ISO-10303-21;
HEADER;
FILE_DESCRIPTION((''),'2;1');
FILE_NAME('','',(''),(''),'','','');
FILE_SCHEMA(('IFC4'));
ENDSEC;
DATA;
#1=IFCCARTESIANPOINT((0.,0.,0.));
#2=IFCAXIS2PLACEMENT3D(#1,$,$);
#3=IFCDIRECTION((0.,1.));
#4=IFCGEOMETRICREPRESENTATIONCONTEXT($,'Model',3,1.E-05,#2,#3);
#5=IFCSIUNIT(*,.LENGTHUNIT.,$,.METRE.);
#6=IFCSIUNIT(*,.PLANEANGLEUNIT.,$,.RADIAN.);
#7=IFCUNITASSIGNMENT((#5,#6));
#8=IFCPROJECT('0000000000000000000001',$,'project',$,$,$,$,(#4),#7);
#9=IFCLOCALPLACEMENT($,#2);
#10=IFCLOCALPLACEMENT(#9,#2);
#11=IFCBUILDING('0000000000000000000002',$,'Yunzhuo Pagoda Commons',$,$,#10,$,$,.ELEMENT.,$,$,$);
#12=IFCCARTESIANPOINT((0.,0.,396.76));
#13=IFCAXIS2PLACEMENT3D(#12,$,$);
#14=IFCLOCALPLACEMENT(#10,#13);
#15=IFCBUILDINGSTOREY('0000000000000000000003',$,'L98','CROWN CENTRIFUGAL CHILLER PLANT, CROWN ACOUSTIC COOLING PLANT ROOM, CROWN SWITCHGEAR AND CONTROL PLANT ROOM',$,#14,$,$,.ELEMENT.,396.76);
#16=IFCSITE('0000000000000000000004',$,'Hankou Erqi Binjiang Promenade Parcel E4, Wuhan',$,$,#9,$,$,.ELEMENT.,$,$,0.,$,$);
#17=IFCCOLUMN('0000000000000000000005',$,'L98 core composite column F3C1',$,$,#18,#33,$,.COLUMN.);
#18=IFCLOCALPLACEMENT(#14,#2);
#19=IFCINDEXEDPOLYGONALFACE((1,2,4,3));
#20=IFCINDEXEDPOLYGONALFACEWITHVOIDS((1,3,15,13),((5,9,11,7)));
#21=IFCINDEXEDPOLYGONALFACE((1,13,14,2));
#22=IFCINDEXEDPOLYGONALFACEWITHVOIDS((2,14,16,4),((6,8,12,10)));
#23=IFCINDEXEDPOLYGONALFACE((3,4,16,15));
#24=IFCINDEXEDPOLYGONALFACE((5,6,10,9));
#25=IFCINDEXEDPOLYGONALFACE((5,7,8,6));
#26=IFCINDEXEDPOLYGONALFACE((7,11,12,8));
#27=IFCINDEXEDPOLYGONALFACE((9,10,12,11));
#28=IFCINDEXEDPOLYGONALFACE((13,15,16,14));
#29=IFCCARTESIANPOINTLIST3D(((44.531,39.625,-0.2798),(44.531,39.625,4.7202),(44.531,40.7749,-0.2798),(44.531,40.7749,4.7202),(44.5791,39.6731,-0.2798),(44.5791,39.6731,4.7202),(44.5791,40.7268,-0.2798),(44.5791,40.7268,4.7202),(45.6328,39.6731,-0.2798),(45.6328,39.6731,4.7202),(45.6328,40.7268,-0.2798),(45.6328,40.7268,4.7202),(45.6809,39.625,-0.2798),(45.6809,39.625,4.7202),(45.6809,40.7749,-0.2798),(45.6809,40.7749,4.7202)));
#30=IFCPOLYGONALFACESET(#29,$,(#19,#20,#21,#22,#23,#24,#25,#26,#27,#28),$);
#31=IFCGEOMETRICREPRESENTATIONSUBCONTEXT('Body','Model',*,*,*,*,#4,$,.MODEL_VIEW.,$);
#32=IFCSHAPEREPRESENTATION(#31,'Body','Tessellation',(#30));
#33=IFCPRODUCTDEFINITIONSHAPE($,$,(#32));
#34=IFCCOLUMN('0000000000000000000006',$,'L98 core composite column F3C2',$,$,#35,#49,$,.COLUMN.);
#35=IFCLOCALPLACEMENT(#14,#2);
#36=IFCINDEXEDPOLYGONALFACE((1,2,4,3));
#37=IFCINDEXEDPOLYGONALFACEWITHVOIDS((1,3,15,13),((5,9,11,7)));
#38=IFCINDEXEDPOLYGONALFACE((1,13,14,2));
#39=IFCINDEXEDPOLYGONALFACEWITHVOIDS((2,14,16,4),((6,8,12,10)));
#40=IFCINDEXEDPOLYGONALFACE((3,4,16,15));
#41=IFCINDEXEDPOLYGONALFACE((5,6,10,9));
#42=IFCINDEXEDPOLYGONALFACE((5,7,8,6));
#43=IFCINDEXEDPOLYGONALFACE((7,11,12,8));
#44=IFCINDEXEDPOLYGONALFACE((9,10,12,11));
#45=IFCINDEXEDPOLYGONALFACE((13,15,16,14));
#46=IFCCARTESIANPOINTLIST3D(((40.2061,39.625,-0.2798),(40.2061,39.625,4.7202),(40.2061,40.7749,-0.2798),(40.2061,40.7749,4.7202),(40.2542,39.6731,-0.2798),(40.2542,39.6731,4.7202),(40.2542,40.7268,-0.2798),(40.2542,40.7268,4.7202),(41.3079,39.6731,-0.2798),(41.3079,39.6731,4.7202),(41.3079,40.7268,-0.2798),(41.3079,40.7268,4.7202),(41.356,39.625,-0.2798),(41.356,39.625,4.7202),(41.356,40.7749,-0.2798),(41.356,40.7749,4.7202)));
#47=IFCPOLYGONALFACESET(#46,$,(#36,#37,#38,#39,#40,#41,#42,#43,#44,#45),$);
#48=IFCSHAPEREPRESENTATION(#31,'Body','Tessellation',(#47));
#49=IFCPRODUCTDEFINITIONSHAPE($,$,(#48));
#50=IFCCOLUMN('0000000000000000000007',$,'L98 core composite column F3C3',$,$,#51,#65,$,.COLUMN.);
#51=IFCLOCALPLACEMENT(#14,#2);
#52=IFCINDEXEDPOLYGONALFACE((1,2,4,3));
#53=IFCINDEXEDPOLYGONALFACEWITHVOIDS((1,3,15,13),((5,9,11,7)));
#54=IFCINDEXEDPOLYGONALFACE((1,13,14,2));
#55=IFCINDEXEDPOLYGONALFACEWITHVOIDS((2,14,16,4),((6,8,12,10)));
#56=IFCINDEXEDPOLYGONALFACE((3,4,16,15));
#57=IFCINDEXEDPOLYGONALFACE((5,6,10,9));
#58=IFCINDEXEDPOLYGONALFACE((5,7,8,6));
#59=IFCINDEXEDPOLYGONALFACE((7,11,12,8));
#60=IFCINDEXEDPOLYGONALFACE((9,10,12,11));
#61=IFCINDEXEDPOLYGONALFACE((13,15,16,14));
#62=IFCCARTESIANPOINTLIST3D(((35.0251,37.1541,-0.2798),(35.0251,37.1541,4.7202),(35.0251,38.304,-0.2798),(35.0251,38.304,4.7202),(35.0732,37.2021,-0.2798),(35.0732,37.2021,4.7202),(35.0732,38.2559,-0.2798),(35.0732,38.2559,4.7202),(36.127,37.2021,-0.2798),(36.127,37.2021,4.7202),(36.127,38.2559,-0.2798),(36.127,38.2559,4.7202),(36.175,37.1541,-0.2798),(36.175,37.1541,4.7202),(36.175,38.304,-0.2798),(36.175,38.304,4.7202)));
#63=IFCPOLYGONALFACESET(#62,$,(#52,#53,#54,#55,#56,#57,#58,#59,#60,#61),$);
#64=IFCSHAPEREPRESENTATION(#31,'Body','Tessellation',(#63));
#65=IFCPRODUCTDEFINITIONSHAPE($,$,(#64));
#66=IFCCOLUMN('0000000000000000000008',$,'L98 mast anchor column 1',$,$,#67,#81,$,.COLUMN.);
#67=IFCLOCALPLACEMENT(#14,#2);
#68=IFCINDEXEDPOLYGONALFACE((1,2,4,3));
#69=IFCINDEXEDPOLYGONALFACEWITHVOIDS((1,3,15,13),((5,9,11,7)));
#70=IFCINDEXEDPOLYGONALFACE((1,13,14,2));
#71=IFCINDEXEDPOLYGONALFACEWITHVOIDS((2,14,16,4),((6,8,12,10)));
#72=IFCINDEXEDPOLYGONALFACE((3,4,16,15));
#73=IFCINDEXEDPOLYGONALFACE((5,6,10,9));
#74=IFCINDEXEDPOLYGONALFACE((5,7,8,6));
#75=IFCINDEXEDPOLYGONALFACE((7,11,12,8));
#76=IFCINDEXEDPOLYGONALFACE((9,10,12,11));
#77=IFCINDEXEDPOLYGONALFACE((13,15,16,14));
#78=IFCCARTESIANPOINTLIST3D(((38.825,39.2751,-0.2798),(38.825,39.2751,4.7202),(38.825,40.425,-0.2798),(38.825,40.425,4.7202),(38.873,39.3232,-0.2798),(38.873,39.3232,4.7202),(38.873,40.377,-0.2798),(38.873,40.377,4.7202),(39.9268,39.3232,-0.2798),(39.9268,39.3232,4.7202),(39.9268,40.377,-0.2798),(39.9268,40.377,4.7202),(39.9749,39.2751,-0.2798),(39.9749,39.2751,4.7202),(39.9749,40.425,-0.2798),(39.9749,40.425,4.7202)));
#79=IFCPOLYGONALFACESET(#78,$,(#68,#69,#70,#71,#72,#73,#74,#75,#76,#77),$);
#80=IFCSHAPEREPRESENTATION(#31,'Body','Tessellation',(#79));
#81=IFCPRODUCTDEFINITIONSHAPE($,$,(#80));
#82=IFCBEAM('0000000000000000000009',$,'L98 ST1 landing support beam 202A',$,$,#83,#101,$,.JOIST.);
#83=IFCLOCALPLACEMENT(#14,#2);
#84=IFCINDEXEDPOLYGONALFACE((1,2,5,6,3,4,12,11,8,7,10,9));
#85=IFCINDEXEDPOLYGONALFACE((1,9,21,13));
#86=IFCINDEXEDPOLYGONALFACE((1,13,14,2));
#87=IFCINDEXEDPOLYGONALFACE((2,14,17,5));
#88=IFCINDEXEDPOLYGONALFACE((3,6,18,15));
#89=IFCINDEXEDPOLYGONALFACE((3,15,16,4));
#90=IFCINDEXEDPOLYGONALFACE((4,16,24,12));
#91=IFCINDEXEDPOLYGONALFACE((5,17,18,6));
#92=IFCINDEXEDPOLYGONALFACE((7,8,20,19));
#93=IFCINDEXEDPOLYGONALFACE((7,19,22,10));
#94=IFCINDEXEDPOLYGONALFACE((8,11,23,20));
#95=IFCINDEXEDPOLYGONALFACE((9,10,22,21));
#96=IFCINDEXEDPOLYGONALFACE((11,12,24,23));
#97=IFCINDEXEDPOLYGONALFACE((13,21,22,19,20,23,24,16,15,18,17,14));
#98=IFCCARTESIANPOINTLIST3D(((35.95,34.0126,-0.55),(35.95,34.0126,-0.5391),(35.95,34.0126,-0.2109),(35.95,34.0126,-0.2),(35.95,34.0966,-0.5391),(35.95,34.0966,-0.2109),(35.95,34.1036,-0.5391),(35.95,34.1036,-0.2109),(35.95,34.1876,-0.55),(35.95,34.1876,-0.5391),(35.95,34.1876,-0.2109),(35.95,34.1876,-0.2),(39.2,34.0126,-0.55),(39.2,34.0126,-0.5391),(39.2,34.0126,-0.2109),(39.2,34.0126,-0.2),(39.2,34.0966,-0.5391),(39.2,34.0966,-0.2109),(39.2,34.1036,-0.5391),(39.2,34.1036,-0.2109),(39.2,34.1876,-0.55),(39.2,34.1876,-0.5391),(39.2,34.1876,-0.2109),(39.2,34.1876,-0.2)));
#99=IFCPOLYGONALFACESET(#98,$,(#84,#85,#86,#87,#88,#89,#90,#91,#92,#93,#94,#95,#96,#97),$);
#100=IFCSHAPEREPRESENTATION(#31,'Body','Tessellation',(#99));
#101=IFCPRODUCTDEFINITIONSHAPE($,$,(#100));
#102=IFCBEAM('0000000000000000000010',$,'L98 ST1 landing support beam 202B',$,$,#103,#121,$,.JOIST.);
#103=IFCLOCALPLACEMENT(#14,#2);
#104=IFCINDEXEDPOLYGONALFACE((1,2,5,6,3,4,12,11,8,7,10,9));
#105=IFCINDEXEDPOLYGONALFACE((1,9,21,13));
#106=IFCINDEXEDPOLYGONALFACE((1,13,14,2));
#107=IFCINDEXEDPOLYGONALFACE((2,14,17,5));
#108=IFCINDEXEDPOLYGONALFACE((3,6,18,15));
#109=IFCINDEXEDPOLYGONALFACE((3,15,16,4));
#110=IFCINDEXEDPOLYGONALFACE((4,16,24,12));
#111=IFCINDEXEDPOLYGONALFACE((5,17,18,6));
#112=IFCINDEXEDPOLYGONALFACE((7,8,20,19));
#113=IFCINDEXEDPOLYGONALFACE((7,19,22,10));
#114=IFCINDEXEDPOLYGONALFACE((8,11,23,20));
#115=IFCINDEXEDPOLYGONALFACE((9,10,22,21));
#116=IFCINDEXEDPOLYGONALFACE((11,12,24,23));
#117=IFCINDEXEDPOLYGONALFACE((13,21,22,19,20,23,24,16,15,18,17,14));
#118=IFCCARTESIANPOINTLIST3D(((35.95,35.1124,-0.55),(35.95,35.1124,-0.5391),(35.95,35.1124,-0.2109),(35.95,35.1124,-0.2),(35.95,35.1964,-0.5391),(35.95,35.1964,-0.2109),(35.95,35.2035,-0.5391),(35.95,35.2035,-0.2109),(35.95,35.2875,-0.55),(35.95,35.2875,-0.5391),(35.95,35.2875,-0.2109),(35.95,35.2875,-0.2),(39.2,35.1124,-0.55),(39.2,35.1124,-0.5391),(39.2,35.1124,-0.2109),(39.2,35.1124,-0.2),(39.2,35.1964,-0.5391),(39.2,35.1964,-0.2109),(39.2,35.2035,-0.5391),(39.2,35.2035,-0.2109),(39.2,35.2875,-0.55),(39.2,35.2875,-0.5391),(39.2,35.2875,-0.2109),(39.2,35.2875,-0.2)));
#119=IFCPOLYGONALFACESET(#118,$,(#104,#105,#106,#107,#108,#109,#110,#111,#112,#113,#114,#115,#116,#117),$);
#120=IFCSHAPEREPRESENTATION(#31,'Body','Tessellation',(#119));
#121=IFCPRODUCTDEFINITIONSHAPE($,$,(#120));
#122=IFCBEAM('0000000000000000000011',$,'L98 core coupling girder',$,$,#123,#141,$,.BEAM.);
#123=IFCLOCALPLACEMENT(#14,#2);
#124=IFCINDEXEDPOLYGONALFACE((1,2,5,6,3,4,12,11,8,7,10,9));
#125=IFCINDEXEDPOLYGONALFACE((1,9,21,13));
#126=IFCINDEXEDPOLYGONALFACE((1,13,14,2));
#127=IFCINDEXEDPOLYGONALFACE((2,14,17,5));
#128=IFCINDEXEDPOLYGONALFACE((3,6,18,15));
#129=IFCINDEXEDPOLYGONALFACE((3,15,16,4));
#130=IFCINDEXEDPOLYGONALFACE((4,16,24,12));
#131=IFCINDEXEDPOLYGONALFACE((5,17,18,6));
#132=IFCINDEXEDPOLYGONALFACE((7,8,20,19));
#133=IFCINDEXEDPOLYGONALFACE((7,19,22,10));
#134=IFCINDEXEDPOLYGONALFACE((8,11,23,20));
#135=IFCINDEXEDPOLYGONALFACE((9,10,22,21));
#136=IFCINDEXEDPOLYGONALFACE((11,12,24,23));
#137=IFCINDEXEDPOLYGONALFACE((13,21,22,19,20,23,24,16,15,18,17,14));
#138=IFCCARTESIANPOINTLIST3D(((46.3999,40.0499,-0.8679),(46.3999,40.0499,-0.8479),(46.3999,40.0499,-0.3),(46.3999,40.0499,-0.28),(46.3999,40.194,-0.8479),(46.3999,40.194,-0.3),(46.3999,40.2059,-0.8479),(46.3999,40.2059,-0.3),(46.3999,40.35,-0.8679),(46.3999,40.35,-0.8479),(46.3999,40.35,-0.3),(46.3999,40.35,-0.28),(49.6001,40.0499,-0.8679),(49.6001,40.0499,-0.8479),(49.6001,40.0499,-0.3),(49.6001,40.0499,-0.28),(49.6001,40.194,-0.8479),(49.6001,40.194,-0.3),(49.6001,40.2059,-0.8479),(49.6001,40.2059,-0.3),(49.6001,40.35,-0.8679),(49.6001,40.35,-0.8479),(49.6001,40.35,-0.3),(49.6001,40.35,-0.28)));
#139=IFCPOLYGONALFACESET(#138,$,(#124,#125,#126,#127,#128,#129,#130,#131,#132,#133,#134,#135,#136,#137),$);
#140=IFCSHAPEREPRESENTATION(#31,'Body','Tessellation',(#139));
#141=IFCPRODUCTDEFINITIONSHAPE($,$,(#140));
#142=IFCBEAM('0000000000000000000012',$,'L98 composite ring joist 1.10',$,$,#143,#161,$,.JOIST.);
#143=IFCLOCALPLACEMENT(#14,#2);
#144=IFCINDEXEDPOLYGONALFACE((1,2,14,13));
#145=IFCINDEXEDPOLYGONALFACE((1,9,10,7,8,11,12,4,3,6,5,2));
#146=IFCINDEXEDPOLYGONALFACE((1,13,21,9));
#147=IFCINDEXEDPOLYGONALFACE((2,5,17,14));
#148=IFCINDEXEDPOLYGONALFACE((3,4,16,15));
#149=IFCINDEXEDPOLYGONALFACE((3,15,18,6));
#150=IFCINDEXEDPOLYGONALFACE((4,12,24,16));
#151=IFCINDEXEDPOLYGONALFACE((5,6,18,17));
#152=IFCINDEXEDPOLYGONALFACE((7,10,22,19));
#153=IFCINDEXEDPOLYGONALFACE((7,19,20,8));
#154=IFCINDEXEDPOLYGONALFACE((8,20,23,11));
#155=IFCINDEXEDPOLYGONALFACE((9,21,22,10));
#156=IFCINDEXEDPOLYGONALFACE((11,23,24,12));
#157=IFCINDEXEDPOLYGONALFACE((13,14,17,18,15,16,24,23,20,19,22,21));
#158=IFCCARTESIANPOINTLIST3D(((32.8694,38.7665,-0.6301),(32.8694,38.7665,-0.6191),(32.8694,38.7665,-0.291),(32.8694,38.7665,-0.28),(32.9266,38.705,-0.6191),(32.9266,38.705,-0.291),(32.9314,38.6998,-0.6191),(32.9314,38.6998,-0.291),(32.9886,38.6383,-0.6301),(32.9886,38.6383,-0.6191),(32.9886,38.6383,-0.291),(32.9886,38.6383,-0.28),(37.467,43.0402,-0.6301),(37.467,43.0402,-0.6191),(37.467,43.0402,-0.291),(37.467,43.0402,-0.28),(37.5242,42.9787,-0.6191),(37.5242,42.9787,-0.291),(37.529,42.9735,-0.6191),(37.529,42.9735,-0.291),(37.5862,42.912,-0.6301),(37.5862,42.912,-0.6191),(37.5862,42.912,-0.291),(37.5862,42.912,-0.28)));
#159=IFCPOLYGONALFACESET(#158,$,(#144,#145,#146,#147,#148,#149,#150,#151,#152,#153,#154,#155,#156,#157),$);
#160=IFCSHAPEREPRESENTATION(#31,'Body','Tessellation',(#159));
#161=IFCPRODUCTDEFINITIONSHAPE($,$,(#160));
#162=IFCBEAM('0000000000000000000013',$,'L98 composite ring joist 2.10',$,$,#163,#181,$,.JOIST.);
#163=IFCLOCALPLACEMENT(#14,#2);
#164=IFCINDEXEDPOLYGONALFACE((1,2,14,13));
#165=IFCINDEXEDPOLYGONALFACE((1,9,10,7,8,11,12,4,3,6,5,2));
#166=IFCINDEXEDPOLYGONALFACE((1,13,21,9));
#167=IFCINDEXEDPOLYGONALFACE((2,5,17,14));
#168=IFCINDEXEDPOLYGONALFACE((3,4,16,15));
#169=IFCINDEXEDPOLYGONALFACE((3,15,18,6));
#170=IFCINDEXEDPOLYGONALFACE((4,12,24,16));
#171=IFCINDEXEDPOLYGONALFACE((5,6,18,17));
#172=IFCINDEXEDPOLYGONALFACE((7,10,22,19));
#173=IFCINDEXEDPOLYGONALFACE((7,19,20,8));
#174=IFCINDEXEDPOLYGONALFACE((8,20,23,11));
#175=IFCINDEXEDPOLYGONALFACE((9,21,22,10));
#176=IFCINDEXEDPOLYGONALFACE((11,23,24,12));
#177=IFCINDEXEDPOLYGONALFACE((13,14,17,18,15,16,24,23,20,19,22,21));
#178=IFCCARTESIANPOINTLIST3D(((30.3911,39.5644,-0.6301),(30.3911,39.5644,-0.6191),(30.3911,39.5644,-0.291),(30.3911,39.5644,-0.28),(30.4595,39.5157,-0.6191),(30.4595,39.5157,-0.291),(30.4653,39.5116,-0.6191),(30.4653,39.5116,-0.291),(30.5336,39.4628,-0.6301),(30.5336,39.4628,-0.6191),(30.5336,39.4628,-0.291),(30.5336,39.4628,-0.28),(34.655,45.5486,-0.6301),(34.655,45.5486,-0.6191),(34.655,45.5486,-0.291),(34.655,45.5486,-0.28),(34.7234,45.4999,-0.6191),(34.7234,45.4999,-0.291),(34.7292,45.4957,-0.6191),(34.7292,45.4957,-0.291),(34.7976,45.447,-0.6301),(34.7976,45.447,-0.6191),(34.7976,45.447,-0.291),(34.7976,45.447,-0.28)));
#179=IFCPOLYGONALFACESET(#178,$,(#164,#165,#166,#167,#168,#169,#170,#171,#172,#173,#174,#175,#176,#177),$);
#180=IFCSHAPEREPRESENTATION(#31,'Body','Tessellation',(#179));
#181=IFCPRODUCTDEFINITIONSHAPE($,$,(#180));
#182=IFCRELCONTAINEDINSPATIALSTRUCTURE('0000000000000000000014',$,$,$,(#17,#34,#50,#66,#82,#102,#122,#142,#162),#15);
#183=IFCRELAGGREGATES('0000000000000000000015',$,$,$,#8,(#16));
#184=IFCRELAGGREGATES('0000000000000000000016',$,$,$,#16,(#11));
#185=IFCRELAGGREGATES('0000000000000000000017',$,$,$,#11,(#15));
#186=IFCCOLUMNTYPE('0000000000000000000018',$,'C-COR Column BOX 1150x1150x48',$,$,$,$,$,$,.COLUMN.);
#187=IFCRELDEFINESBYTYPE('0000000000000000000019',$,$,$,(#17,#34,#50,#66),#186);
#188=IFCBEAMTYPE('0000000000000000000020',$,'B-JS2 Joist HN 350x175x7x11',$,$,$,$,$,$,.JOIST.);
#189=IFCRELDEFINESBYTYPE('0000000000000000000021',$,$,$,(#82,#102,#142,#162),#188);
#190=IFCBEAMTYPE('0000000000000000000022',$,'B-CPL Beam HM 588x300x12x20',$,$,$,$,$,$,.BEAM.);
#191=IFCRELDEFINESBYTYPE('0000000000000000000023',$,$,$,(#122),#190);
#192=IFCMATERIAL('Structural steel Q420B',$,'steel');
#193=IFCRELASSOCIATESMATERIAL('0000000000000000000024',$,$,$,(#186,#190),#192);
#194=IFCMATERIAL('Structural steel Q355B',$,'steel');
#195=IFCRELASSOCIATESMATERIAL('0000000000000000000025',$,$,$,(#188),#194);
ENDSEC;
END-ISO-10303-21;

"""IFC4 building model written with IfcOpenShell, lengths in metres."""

from ifc_helpers import new_model, si_unit, direction, frame, origin, origin_2d, place, context, subcontext, project, spatial, hollow_rectangle, i_section, extrude, source, transform, mapped, material, material_profile, profile_set, type_object, element, save


model = new_model("IFC4")

# Units and contexts
model_context = context("Model", 3, precision=1e-05, world=origin(), true_north=direction((0.0, 1.0)))
body_context = subcontext(model_context, "Body", "Model", "MODEL_VIEW")
ifc_project = project(units=[si_unit("LENGTHUNIT", "METRE"), si_unit("PLANEANGLEUNIT", "RADIAN")], contexts=[model_context])

# Site, building, storey
site_placement = place(None, origin())
site = spatial("IfcSite", under=ifc_project, at=site_placement, Name="Hankou Erqi Binjiang Promenade Parcel E4, Wuhan", CompositionType="ELEMENT", RefElevation=0.0)
building_placement = place(site_placement, origin())
building = spatial("IfcBuilding", under=site, at=building_placement, Name="Yunzhuo Pagoda Commons", CompositionType="ELEMENT")
storey_placement = place(building_placement, frame((0.0, 0.0, 396.76)))
storey = spatial("IfcBuildingStorey", under=building, at=storey_placement, Name="L98", Description="CROWN CENTRIFUGAL CHILLER PLANT, CROWN ACOUSTIC COOLING PLANT ROOM, CROWN SWITCHGEAR AND CONTROL PLANT ROOM", CompositionType="ELEMENT", Elevation=396.76)

# Columns
ifc_material_1 = material(Name="Structural steel Q420B", Category="steel")
ifc_material_profile_1 = material_profile(ifc_material_1, hollow_rectangle(XDim=1.1499, YDim=1.1499, WallThickness=0.0481, at=origin_2d()), Name="Structural steel Q420B")
ifc_profile_set_1 = profile_set([ifc_material_profile_1], Name="Structural steel Q420B")
column_type = type_object("IfcColumnType", Name="C-COR Column BOX 1150x1150x48", PredefinedType="COLUMN", material=ifc_profile_set_1)
shared_shape_1 = source(origin(), body_context, "Body", "SweptSolid", [
    extrude(hollow_rectangle(XDim=1.1499, YDim=1.1499, WallThickness=0.0481, at=origin_2d()), origin(), (0.0, 0.0, 1.0), 5.0),
])
for number, where, z_axis, x_axis, name in (
    (1, (45.106, 40.2, -0.2798), (0.0, 0.0, 1.0), (1.0, 0.0, 0.0), "L98 core composite column F3C1"),
    (2, (40.781, 40.2, -0.2798), (0.0, 0.0, 1.0), (1.0, 0.0, 0.0), "L98 core composite column F3C2"),
    (3, (35.6001, 37.729, -0.2798), (0.0, 0.0, 1.0), (1.0, 0.0, 0.0), "L98 core composite column F3C3"),
    (4, (39.3999, 39.8501, -0.2798), (0.0, 0.0, 1.0), (1.0, 0.0, 0.0), "L98 mast anchor column 1"),
):
    element("IfcColumn", number, at=place(storey_placement, frame(where, z_axis=z_axis, x_axis=x_axis)), inside=storey, type_object=column_type, Name=name, PredefinedType="COLUMN", context=body_context, shape_type="MappedRepresentation", body=[
        mapped(shared_shape_1, transform((0.0, 0.0, 0.0), scale=1.0)),
    ])

# Beams
ifc_material_2 = material(Name="Structural steel Q355B", Category="steel")
ifc_material_profile_2 = material_profile(ifc_material_2, i_section(OverallWidth=0.175, OverallDepth=0.3501, WebThickness=0.0071, FlangeThickness=0.011, at=origin_2d()), Name="Structural steel Q355B")
ifc_profile_set_2 = profile_set([ifc_material_profile_2], Name="Structural steel Q355B")
beam_type_1 = type_object("IfcBeamType", Name="B-JS2 Joist HN 350x175x7x11", PredefinedType="JOIST", material=ifc_profile_set_2)
shared_shape_2 = source(origin(), body_context, "Body", "SweptSolid", [
    extrude(i_section(OverallWidth=0.175, OverallDepth=0.3501, WebThickness=0.0071, FlangeThickness=0.011, at=origin_2d()), origin(), (0.0, 0.0, 1.0), 3.25),
])
for number, where, z_axis, x_axis, name in (
    (5, (35.95, 34.1001, -0.375), (1.0, 0.0, 0.0), (0.0, 1.0, 0.0), "L98 ST1 landing support beam 202A"),
    (6, (35.95, 35.2, -0.375), (1.0, 0.0, 0.0), (0.0, 1.0, 0.0), "L98 ST1 landing support beam 202B"),
):
    element("IfcBeam", number, at=place(storey_placement, frame(where, z_axis=z_axis, x_axis=x_axis)), inside=storey, type_object=beam_type_1, Name=name, PredefinedType="JOIST", context=body_context, shape_type="MappedRepresentation", body=[
        mapped(shared_shape_2, transform((0.0, 0.0, 0.0), scale=1.0)),
    ])
ifc_material_profile_3 = material_profile(ifc_material_1, i_section(OverallWidth=0.3, OverallDepth=0.5879, WebThickness=0.012, FlangeThickness=0.02, at=origin_2d()), Name="Structural steel Q420B")
ifc_profile_set_3 = profile_set([ifc_material_profile_3], Name="Structural steel Q420B")
beam_type_2 = type_object("IfcBeamType", Name="B-CPL Beam HM 588x300x12x20", PredefinedType="BEAM", material=ifc_profile_set_3)
shared_shape_3 = source(origin(), body_context, "Body", "SweptSolid", [
    extrude(i_section(OverallWidth=0.3, OverallDepth=0.5879, WebThickness=0.012, FlangeThickness=0.02, at=origin_2d()), origin(), (0.0, 0.0, 1.0), 3.2002),
])
beam_1_placement = place(storey_placement, frame((46.3999, 40.2, -0.574), z_axis=(1.0, 0.0, 0.0), x_axis=(0.0, 1.0, 0.0)))
element("IfcBeam", 7, at=beam_1_placement, inside=storey, type_object=beam_type_2, Name="L98 core coupling girder", PredefinedType="BEAM", context=body_context, shape_type="MappedRepresentation", body=[
    mapped(shared_shape_3, transform((0.0, 0.0, 0.0), scale=1.0)),
])
shared_shape_4 = source(origin(), body_context, "Body", "SweptSolid", [
    extrude(i_section(OverallWidth=0.175, OverallDepth=0.3501, WebThickness=0.0071, FlangeThickness=0.011, at=origin_2d()), origin(), (0.0, 0.0, 1.0), 6.2771),
])
beam_2_placement = place(storey_placement, frame((37.5266, 42.9761, -0.4551), z_axis=(-0.732442, -0.68083, 0.0), x_axis=(0.68083, -0.732442, 0.0)))
element("IfcBeam", 8, at=beam_2_placement, inside=storey, type_object=beam_type_1, Name="L98 composite ring joist 1.10", PredefinedType="JOIST", context=body_context, shape_type="MappedRepresentation", body=[
    mapped(shared_shape_4, transform((0.0, 0.0, 0.0), scale=1.0)),
])
shared_shape_5 = source(origin(), body_context, "Body", "SweptSolid", [
    extrude(i_section(OverallWidth=0.175, OverallDepth=0.3501, WebThickness=0.0071, FlangeThickness=0.011, at=origin_2d()), origin(), (0.0, 0.0, 1.0), 7.3479),
])
beam_3_placement = place(storey_placement, frame((34.7263, 45.4978, -0.4551), z_axis=(-0.580295, -0.814406, 0.0), x_axis=(0.814406, -0.580295, 0.0)))
element("IfcBeam", 9, at=beam_3_placement, inside=storey, type_object=beam_type_1, Name="L98 composite ring joist 2.10", PredefinedType="JOIST", context=body_context, shape_type="MappedRepresentation", body=[
    mapped(shared_shape_5, transform((0.0, 0.0, 0.0), scale=1.0)),
])

save(model, "model.ifc")
